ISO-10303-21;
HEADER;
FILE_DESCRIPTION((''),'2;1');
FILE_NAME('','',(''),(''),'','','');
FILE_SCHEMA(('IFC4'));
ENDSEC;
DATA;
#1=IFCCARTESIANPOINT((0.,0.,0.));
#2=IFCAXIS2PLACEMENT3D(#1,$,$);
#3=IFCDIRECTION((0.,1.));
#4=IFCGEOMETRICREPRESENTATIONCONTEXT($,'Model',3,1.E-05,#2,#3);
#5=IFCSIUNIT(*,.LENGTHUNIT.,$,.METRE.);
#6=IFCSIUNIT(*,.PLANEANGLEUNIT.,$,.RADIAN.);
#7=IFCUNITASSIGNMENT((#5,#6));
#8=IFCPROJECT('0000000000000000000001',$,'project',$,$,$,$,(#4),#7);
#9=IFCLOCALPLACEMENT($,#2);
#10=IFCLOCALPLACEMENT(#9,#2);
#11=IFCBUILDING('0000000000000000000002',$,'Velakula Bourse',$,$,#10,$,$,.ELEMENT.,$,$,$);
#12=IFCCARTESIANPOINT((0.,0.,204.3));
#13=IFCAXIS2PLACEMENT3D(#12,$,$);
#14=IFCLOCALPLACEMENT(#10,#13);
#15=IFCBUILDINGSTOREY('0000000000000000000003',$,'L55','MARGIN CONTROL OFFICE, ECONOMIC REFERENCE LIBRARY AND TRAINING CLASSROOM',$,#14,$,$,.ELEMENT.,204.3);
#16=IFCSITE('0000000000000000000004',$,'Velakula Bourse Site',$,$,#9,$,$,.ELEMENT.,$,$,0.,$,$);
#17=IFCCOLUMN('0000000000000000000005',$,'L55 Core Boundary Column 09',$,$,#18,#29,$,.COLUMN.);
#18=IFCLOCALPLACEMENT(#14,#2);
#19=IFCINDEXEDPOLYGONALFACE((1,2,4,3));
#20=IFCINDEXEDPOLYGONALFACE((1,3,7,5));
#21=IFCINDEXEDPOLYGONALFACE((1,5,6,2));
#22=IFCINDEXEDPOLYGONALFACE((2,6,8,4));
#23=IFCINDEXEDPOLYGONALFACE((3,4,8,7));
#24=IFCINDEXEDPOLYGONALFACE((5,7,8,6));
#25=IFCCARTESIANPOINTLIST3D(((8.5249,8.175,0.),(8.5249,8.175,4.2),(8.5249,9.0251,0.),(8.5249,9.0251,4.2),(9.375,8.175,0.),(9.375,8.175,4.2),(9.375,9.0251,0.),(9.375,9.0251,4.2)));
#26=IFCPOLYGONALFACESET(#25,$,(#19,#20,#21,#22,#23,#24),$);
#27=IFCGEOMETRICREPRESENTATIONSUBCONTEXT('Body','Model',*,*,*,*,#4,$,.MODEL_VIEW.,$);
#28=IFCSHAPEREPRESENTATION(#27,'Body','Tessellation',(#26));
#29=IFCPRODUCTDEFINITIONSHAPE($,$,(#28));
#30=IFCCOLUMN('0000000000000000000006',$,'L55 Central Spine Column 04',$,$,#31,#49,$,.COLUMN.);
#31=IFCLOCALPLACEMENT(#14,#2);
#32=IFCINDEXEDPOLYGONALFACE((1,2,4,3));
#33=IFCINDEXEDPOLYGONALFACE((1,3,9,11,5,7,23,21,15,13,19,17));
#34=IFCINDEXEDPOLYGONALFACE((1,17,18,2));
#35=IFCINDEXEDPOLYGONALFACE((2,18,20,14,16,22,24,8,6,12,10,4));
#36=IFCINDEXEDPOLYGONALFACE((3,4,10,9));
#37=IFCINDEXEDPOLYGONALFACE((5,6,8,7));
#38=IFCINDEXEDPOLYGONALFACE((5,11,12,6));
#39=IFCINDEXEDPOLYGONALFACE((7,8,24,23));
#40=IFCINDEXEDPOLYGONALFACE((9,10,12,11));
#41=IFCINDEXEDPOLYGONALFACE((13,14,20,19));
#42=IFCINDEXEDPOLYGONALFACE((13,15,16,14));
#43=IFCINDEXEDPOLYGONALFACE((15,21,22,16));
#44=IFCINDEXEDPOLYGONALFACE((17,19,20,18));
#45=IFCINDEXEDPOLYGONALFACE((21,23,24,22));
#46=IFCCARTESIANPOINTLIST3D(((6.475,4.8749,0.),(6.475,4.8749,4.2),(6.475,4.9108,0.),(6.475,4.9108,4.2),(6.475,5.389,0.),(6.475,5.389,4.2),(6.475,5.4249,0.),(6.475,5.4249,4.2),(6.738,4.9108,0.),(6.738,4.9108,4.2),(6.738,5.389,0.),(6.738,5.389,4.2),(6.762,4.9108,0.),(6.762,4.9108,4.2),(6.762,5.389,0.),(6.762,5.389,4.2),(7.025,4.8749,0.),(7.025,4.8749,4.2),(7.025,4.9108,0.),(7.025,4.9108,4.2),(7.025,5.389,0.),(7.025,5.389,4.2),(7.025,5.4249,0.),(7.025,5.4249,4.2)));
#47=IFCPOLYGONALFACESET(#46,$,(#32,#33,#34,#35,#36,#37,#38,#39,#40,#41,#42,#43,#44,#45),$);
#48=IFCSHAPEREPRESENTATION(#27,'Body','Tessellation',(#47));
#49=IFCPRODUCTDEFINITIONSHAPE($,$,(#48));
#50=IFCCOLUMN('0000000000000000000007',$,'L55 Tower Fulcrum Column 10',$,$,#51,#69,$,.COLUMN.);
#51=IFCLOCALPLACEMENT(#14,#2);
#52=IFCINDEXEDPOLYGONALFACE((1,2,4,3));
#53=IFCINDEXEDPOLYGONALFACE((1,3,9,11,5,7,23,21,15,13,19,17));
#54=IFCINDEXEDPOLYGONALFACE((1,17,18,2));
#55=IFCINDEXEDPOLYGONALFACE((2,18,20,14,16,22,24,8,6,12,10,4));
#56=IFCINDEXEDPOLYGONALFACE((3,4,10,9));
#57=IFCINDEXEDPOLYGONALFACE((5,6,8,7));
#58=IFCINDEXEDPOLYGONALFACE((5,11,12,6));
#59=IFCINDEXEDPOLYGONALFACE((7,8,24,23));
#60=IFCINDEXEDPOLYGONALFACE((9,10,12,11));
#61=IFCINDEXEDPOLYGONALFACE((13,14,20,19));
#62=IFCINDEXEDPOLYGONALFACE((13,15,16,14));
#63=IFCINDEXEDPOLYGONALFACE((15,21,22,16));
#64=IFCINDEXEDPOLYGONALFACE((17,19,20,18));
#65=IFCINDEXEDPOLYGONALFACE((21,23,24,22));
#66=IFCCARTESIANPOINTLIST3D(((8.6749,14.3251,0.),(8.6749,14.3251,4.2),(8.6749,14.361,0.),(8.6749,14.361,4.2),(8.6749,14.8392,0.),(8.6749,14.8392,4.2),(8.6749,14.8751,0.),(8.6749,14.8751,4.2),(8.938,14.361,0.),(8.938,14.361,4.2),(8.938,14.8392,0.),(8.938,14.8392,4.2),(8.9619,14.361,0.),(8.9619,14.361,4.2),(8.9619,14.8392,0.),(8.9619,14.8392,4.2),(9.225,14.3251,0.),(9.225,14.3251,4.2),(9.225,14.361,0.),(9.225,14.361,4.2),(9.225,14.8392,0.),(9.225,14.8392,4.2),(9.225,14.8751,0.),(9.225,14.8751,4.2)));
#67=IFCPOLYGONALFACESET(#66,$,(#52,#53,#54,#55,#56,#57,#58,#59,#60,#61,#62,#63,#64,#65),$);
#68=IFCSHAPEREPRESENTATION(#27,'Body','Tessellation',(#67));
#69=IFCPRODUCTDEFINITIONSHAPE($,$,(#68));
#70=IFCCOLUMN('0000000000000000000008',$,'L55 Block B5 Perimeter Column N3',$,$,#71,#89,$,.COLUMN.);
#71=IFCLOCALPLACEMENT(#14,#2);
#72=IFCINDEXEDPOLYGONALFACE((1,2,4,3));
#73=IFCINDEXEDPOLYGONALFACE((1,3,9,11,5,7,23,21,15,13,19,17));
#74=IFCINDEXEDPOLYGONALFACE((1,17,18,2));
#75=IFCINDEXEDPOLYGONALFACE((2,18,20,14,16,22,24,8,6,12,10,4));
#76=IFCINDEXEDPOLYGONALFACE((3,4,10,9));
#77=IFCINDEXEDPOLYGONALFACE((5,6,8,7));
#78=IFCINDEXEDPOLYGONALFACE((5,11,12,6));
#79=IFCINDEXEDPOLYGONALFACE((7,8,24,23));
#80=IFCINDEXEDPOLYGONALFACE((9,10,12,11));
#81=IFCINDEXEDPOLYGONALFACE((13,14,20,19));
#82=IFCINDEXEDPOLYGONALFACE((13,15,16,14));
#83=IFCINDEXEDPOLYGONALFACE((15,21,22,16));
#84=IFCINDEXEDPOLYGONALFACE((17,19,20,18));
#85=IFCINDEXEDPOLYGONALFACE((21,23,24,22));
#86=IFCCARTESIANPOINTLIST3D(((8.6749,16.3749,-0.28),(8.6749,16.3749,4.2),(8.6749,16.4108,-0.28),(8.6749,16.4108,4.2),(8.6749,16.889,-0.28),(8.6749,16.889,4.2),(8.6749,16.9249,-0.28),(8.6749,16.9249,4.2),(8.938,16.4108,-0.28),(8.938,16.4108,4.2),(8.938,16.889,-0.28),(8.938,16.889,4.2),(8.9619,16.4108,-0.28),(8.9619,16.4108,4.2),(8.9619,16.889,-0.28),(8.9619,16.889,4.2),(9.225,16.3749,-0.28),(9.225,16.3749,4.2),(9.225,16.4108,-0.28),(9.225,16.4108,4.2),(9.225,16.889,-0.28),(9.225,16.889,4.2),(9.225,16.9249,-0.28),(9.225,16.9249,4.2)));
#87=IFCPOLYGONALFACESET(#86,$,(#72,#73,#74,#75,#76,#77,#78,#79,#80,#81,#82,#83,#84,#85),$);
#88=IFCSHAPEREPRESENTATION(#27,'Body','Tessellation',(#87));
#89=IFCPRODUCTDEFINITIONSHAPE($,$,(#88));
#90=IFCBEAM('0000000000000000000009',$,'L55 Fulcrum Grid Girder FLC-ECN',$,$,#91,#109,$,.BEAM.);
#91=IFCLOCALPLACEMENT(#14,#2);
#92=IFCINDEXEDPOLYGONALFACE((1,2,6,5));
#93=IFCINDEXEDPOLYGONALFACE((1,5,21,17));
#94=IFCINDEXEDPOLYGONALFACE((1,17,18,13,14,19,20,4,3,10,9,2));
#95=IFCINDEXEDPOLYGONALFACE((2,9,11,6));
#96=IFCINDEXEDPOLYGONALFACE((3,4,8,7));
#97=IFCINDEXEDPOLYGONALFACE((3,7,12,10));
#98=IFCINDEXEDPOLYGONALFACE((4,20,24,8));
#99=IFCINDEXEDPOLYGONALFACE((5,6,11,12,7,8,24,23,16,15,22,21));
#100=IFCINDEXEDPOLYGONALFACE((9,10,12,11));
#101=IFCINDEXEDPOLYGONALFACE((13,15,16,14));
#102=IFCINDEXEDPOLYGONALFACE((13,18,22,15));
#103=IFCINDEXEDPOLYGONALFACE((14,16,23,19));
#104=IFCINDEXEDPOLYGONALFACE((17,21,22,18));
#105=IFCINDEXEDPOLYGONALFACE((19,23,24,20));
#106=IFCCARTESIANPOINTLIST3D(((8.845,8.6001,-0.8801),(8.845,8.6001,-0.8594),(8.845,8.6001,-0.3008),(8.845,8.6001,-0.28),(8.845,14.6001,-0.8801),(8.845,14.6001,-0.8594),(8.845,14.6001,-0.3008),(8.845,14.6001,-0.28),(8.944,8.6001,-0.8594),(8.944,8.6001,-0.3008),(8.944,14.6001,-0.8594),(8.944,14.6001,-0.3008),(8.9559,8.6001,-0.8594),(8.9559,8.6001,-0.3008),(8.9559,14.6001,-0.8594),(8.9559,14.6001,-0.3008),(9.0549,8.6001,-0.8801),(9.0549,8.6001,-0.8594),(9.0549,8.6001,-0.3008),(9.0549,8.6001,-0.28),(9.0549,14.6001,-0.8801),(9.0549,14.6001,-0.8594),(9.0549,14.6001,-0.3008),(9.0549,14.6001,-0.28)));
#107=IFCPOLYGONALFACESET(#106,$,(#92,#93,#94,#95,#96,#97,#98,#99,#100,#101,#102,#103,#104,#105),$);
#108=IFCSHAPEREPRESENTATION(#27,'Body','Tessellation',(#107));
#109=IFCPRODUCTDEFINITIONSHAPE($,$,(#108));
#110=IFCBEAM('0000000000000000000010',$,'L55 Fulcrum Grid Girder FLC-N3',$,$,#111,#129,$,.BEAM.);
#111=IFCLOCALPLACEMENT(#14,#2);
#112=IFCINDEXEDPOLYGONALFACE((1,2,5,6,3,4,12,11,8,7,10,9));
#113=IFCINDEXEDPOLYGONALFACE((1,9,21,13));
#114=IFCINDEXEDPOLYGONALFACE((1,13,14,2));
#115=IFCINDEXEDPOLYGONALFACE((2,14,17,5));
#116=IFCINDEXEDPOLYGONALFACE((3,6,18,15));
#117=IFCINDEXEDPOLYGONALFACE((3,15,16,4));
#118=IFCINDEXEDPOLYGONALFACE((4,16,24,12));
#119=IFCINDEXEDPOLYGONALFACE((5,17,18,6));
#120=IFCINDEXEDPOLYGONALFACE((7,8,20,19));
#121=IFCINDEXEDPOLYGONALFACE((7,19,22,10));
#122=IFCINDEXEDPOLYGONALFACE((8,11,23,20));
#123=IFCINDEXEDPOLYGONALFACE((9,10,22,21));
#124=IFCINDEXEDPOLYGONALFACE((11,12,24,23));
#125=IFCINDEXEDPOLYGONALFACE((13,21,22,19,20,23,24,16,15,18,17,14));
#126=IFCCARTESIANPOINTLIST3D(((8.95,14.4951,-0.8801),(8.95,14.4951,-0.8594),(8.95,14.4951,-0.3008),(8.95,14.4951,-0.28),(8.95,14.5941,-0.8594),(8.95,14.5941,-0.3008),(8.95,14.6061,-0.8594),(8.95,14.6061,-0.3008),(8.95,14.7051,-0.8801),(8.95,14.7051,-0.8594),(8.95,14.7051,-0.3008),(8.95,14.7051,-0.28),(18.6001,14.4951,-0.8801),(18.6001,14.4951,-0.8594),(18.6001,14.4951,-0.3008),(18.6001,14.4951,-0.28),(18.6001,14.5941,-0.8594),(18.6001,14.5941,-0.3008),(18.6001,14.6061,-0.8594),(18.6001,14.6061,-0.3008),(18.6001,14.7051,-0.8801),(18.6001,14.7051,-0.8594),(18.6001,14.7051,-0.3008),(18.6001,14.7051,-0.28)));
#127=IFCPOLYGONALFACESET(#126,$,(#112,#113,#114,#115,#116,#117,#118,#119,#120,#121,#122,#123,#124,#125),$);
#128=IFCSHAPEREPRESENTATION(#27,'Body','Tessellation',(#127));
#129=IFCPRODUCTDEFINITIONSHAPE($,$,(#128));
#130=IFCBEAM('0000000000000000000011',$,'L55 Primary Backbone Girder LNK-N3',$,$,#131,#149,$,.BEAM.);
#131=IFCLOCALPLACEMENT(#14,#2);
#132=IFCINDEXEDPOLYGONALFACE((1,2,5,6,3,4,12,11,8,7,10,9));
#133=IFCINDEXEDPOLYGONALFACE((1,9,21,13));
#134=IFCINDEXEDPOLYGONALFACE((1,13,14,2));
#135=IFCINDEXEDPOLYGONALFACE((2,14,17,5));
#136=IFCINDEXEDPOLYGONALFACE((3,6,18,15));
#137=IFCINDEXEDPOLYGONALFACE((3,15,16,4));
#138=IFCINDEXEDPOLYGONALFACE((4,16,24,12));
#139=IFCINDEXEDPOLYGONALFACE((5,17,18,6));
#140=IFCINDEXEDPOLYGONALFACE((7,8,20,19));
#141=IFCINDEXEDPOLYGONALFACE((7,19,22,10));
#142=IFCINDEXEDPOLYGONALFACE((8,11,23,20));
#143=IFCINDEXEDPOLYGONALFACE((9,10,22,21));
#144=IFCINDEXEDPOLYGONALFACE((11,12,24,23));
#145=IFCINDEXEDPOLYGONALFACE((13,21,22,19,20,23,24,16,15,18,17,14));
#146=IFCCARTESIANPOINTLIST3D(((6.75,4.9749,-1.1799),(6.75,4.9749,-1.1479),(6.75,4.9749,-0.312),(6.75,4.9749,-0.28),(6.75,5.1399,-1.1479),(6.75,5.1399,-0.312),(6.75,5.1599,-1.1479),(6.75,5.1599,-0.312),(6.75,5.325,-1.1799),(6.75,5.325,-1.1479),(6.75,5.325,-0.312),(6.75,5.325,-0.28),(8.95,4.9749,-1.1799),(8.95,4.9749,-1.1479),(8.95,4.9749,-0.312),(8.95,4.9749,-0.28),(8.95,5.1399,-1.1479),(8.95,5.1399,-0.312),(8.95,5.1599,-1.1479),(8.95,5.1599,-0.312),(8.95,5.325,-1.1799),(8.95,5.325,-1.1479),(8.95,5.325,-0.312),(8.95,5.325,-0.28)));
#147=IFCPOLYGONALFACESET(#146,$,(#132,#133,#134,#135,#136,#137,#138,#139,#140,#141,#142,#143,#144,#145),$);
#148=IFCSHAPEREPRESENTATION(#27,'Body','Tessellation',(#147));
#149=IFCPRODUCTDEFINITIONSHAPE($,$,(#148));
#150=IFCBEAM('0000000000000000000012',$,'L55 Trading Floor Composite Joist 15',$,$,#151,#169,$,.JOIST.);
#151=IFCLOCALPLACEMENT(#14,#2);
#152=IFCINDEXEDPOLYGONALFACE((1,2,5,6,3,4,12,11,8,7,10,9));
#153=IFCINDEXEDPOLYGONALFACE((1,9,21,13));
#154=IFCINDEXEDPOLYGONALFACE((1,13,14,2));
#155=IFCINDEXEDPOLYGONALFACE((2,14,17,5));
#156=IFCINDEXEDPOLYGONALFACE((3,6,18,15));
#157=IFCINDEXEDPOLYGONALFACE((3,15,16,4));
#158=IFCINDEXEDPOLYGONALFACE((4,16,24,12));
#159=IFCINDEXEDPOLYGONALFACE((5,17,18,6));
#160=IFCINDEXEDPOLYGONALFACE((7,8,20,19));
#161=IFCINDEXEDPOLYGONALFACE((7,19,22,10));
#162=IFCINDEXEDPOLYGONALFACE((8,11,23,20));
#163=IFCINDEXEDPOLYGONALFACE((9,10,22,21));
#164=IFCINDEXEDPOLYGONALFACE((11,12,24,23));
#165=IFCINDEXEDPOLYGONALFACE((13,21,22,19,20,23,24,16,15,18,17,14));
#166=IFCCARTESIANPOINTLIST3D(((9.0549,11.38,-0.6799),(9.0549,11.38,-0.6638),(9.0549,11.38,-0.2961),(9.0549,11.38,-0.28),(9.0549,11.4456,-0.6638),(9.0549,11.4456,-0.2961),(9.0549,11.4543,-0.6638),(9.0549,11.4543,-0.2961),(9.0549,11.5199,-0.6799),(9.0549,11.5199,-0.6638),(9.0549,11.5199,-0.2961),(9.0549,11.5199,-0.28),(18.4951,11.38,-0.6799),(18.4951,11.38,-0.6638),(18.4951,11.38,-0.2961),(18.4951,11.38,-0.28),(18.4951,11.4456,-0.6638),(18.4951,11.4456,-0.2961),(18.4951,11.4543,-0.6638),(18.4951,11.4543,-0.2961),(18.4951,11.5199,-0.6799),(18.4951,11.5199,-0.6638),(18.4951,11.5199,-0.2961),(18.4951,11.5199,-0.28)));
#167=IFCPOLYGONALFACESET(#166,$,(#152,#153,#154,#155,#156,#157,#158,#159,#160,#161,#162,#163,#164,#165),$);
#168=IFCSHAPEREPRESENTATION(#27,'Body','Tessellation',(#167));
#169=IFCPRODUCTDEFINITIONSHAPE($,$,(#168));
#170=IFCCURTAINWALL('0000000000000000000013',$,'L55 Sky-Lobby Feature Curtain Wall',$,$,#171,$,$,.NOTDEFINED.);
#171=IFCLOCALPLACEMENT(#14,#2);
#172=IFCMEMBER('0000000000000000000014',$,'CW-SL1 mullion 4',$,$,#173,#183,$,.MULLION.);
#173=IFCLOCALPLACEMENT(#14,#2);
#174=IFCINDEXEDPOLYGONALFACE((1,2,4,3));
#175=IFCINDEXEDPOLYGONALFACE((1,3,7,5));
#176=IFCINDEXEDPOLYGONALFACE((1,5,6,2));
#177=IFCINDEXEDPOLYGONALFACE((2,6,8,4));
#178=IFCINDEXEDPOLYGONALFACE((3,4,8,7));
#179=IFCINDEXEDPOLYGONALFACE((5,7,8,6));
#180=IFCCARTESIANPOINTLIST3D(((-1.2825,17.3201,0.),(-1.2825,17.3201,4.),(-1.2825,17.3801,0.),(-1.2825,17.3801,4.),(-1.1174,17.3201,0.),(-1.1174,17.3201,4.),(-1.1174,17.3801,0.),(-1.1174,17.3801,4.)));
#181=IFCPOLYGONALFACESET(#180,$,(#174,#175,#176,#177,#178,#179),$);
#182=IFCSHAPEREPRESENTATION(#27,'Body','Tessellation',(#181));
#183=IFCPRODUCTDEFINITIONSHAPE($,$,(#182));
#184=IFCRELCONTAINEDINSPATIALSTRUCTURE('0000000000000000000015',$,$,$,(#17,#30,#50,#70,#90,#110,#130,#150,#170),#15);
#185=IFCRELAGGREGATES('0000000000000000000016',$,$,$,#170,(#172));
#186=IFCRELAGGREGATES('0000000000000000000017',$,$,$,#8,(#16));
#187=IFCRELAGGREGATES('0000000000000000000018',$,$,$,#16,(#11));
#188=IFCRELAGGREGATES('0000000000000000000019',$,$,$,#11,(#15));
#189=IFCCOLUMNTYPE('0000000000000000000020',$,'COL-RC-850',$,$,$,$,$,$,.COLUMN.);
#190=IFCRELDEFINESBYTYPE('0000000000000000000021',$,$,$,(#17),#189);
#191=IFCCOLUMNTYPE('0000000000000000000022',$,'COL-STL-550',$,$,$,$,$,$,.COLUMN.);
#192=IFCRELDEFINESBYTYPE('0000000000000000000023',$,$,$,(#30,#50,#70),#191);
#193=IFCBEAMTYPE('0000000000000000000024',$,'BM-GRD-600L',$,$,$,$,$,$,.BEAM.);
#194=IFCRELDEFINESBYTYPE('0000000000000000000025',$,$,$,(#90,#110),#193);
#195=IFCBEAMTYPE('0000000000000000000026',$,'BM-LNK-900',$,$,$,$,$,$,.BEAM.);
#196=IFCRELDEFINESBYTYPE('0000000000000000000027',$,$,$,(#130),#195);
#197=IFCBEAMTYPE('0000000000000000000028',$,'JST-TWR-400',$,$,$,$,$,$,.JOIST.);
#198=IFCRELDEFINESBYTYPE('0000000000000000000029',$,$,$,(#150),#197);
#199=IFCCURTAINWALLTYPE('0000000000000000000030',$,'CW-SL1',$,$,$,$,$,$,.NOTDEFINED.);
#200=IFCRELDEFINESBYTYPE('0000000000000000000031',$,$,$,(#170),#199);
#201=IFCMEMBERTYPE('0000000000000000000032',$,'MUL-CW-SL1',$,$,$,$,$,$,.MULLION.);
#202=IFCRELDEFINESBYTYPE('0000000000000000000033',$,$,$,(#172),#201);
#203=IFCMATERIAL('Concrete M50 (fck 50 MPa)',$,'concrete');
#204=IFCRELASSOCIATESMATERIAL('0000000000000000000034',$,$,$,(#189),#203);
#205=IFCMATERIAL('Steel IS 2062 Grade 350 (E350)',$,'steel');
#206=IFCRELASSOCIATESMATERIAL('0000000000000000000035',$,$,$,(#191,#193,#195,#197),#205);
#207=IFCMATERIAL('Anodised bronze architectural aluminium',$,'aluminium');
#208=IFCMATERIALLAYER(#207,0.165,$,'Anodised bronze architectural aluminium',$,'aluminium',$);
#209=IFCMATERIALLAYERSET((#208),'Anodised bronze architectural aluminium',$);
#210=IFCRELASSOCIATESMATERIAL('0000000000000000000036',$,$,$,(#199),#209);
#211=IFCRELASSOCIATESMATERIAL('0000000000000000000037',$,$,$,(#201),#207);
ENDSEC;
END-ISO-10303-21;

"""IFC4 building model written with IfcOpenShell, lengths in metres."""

from ifc_helpers import new_model, si_unit, direction, frame, origin, origin_2d, place, context, subcontext, project, spatial, rectangle, i_section, extrude, material, layer, layer_set, material_profile, profile_set, type_object, element, aggregate, save


model = new_model("IFC4")

# Units and contexts
model_context = context("Model", 3, precision=1e-05, world=origin(), true_north=direction((0.0, 1.0)))
body_context = subcontext(model_context, "Body", "Model", "MODEL_VIEW")
ifc_project = project(units=[si_unit("LENGTHUNIT", "METRE"), si_unit("PLANEANGLEUNIT", "RADIAN")], contexts=[model_context])

# Site, building, storey
site_placement = place(None, origin())
site = spatial("IfcSite", under=ifc_project, at=site_placement, Name="Velakula Bourse Site", CompositionType="ELEMENT", RefElevation=0.0)
building_placement = place(site_placement, origin())
building = spatial("IfcBuilding", under=site, at=building_placement, Name="Velakula Bourse", CompositionType="ELEMENT")
storey_placement = place(building_placement, frame((0.0, 0.0, 204.3)))
storey = spatial("IfcBuildingStorey", under=building, at=storey_placement, Name="L55", Description="MARGIN CONTROL OFFICE, ECONOMIC REFERENCE LIBRARY AND TRAINING CLASSROOM", CompositionType="ELEMENT", Elevation=204.3)

# Columns
ifc_material_1 = material(Name="Concrete M50 (fck 50 MPa)", Category="concrete")
ifc_material_profile_1 = material_profile(ifc_material_1, rectangle(XDim=0.8501, YDim=0.8501, at=origin_2d()), Name="Concrete M50 (fck 50 MPa)")
ifc_profile_set_1 = profile_set([ifc_material_profile_1], Name="Concrete M50 (fck 50 MPa)")
column_type_1 = type_object("IfcColumnType", Name="COL-RC-850", PredefinedType="COLUMN", material=ifc_profile_set_1)
column_1_placement = place(storey_placement, frame((8.95, 8.6001, 0.0), z_axis=(0.0, 0.0, 1.0), x_axis=(1.0, 0.0, 0.0)))
element("IfcColumn", 1, at=column_1_placement, inside=storey, type_object=column_type_1, Name="L55 Core Boundary Column 09", PredefinedType="COLUMN", context=body_context, shape_type="SweptSolid", body=[
    extrude(rectangle(XDim=0.8501, YDim=0.8501, at=origin_2d()), origin(), (0.0, 0.0, 1.0), 4.2),
])
ifc_material_2 = material(Name="Steel IS 2062 Grade 350 (E350)", Category="steel")
ifc_material_profile_2 = material_profile(ifc_material_2, i_section(OverallWidth=0.55, OverallDepth=0.55, WebThickness=0.0239, FlangeThickness=0.0359, at=origin_2d()), Name="Steel IS 2062 Grade 350 (E350)")
ifc_profile_set_2 = profile_set([ifc_material_profile_2], Name="Steel IS 2062 Grade 350 (E350)")
column_type_2 = type_object("IfcColumnType", Name="COL-STL-550", PredefinedType="COLUMN", material=ifc_profile_set_2)
for number, where, z_axis, x_axis, name in (
    (2, (6.75, 5.1499, 0.0), (0.0, 0.0, 1.0), (1.0, 0.0, 0.0), "L55 Central Spine Column 04"),
    (3, (8.95, 14.6001, 0.0), (0.0, 0.0, 1.0), (1.0, 0.0, 0.0), "L55 Tower Fulcrum Column 10"),
):
    element("IfcColumn", number, at=place(storey_placement, frame(where, z_axis=z_axis, x_axis=x_axis)), inside=storey, type_object=column_type_2, Name=name, PredefinedType="COLUMN", context=body_context, shape_type="SweptSolid", body=[
        extrude(i_section(OverallWidth=0.55, OverallDepth=0.55, WebThickness=0.0239, FlangeThickness=0.0359, at=origin_2d()), origin(), (0.0, 0.0, 1.0), 4.2),
    ])
column_2_placement = place(storey_placement, frame((8.95, 16.6499, -0.28), z_axis=(0.0, 0.0, 1.0), x_axis=(1.0, 0.0, 0.0)))
element("IfcColumn", 4, at=column_2_placement, inside=storey, type_object=column_type_2, Name="L55 Block B5 Perimeter Column N3", PredefinedType="COLUMN", context=body_context, shape_type="SweptSolid", body=[
    extrude(i_section(OverallWidth=0.55, OverallDepth=0.55, WebThickness=0.0239, FlangeThickness=0.0359, at=origin_2d()), origin(), (0.0, 0.0, 1.0), 4.48),
])

# Beams
ifc_material_profile_3 = material_profile(ifc_material_2, i_section(OverallWidth=0.21, OverallDepth=0.6001, WebThickness=0.012, FlangeThickness=0.0208, at=origin_2d()), Name="Steel IS 2062 Grade 350 (E350)")
ifc_profile_set_3 = profile_set([ifc_material_profile_3], Name="Steel IS 2062 Grade 350 (E350)")
beam_type_1 = type_object("IfcBeamType", Name="BM-GRD-600L", PredefinedType="BEAM", material=ifc_profile_set_3)
beam_1_placement = place(storey_placement, frame((8.95, 8.6001, -0.5801), z_axis=(0.0, 1.0, 0.0), x_axis=(-1.0, 0.0, 0.0)))
element("IfcBeam", 5, at=beam_1_placement, inside=storey, type_object=beam_type_1, Name="L55 Fulcrum Grid Girder FLC-ECN", PredefinedType="BEAM", context=body_context, shape_type="SweptSolid", body=[
    extrude(i_section(OverallWidth=0.21, OverallDepth=0.6001, WebThickness=0.012, FlangeThickness=0.0208, at=origin_2d()), origin(), (0.0, 0.0, 1.0), 6.0),
])
beam_2_placement = place(storey_placement, frame((8.95, 14.6001, -0.5801), z_axis=(1.0, 0.0, 0.0), x_axis=(0.0, 1.0, 0.0)))
element("IfcBeam", 6, at=beam_2_placement, inside=storey, type_object=beam_type_1, Name="L55 Fulcrum Grid Girder FLC-N3", PredefinedType="BEAM", context=body_context, shape_type="SweptSolid", body=[
    extrude(i_section(OverallWidth=0.21, OverallDepth=0.6001, WebThickness=0.012, FlangeThickness=0.0208, at=origin_2d()), origin(), (0.0, 0.0, 1.0), 9.6501),
])
ifc_material_profile_4 = material_profile(ifc_material_2, i_section(OverallWidth=0.3501, OverallDepth=0.8999, WebThickness=0.02, FlangeThickness=0.032, at=origin_2d()), Name="Steel IS 2062 Grade 350 (E350)")
ifc_profile_set_4 = profile_set([ifc_material_profile_4], Name="Steel IS 2062 Grade 350 (E350)")
beam_type_2 = type_object("IfcBeamType", Name="BM-LNK-900", PredefinedType="BEAM", material=ifc_profile_set_4)
beam_3_placement = place(storey_placement, frame((6.75, 5.1499, -0.73), z_axis=(1.0, 0.0, 0.0), x_axis=(0.0, 1.0, 0.0)))
element("IfcBeam", 7, at=beam_3_placement, inside=storey, type_object=beam_type_2, Name="L55 Primary Backbone Girder LNK-N3", PredefinedType="BEAM", context=body_context, shape_type="SweptSolid", body=[
    extrude(i_section(OverallWidth=0.3501, OverallDepth=0.8999, WebThickness=0.02, FlangeThickness=0.032, at=origin_2d()), origin(), (0.0, 0.0, 1.0), 2.2),
])
ifc_material_profile_5 = material_profile(ifc_material_2, i_section(OverallWidth=0.1399, OverallDepth=0.3999, WebThickness=0.0088, FlangeThickness=0.0161, at=origin_2d()), Name="Steel IS 2062 Grade 350 (E350)")
ifc_profile_set_5 = profile_set([ifc_material_profile_5], Name="Steel IS 2062 Grade 350 (E350)")
beam_type_3 = type_object("IfcBeamType", Name="JST-TWR-400", PredefinedType="JOIST", material=ifc_profile_set_5)
beam_4_placement = place(storey_placement, frame((9.0549, 11.45, -0.48), z_axis=(1.0, 0.0, 0.0), x_axis=(0.0, 1.0, 0.0)))
element("IfcBeam", 8, at=beam_4_placement, inside=storey, type_object=beam_type_3, Name="L55 Trading Floor Composite Joist 15", PredefinedType="JOIST", context=body_context, shape_type="SweptSolid", body=[
    extrude(i_section(OverallWidth=0.1399, OverallDepth=0.3999, WebThickness=0.0088, FlangeThickness=0.0161, at=origin_2d()), origin(), (0.0, 0.0, 1.0), 9.4402),
])

# Curtain wall, member
ifc_material_3 = material(Name="Anodised bronze architectural aluminium", Category="aluminium")
ifc_layer_1 = layer(ifc_material_3, 0.165, Name="Anodised bronze architectural aluminium", Category="aluminium")
ifc_layer_set_1 = layer_set([ifc_layer_1], Name="Anodised bronze architectural aluminium")
curtain_wall_type = type_object("IfcCurtainWallType", Name="CW-SL1", PredefinedType="NOTDEFINED", material=ifc_layer_set_1)
curtain_wall_placement = place(storey_placement, origin())
curtain_wall = element("IfcCurtainWall", 9, at=curtain_wall_placement, inside=storey, type_object=curtain_wall_type, Name="L55 Sky-Lobby Feature Curtain Wall", PredefinedType="NOTDEFINED")
ifc_material_profile_6 = material_profile(ifc_material_3, rectangle(XDim=0.0601, YDim=0.165, at=origin_2d()), Name="Anodised bronze architectural aluminium")
ifc_profile_set_6 = profile_set([ifc_material_profile_6], Name="Anodised bronze architectural aluminium")
member_type_1 = type_object("IfcMemberType", Name="MUL-CW-SL1", PredefinedType="MULLION", material=ifc_profile_set_6)
member_1_placement = place(storey_placement, frame((-1.2, 17.3501, 0.0), z_axis=(0.0, 0.0, 1.0), x_axis=(0.0, 1.0, 0.0)))
member_1 = element("IfcMember", 10, at=member_1_placement, type_object=member_type_1, Name="CW-SL1 mullion 4", PredefinedType="MULLION", context=body_context, shape_type="SweptSolid", body=[
    extrude(rectangle(XDim=0.0601, YDim=0.165, at=origin_2d()), origin(), (0.0, 0.0, 1.0), 4.0),
])

aggregate(curtain_wall, [member_1])

save(model, "model.ifc")
